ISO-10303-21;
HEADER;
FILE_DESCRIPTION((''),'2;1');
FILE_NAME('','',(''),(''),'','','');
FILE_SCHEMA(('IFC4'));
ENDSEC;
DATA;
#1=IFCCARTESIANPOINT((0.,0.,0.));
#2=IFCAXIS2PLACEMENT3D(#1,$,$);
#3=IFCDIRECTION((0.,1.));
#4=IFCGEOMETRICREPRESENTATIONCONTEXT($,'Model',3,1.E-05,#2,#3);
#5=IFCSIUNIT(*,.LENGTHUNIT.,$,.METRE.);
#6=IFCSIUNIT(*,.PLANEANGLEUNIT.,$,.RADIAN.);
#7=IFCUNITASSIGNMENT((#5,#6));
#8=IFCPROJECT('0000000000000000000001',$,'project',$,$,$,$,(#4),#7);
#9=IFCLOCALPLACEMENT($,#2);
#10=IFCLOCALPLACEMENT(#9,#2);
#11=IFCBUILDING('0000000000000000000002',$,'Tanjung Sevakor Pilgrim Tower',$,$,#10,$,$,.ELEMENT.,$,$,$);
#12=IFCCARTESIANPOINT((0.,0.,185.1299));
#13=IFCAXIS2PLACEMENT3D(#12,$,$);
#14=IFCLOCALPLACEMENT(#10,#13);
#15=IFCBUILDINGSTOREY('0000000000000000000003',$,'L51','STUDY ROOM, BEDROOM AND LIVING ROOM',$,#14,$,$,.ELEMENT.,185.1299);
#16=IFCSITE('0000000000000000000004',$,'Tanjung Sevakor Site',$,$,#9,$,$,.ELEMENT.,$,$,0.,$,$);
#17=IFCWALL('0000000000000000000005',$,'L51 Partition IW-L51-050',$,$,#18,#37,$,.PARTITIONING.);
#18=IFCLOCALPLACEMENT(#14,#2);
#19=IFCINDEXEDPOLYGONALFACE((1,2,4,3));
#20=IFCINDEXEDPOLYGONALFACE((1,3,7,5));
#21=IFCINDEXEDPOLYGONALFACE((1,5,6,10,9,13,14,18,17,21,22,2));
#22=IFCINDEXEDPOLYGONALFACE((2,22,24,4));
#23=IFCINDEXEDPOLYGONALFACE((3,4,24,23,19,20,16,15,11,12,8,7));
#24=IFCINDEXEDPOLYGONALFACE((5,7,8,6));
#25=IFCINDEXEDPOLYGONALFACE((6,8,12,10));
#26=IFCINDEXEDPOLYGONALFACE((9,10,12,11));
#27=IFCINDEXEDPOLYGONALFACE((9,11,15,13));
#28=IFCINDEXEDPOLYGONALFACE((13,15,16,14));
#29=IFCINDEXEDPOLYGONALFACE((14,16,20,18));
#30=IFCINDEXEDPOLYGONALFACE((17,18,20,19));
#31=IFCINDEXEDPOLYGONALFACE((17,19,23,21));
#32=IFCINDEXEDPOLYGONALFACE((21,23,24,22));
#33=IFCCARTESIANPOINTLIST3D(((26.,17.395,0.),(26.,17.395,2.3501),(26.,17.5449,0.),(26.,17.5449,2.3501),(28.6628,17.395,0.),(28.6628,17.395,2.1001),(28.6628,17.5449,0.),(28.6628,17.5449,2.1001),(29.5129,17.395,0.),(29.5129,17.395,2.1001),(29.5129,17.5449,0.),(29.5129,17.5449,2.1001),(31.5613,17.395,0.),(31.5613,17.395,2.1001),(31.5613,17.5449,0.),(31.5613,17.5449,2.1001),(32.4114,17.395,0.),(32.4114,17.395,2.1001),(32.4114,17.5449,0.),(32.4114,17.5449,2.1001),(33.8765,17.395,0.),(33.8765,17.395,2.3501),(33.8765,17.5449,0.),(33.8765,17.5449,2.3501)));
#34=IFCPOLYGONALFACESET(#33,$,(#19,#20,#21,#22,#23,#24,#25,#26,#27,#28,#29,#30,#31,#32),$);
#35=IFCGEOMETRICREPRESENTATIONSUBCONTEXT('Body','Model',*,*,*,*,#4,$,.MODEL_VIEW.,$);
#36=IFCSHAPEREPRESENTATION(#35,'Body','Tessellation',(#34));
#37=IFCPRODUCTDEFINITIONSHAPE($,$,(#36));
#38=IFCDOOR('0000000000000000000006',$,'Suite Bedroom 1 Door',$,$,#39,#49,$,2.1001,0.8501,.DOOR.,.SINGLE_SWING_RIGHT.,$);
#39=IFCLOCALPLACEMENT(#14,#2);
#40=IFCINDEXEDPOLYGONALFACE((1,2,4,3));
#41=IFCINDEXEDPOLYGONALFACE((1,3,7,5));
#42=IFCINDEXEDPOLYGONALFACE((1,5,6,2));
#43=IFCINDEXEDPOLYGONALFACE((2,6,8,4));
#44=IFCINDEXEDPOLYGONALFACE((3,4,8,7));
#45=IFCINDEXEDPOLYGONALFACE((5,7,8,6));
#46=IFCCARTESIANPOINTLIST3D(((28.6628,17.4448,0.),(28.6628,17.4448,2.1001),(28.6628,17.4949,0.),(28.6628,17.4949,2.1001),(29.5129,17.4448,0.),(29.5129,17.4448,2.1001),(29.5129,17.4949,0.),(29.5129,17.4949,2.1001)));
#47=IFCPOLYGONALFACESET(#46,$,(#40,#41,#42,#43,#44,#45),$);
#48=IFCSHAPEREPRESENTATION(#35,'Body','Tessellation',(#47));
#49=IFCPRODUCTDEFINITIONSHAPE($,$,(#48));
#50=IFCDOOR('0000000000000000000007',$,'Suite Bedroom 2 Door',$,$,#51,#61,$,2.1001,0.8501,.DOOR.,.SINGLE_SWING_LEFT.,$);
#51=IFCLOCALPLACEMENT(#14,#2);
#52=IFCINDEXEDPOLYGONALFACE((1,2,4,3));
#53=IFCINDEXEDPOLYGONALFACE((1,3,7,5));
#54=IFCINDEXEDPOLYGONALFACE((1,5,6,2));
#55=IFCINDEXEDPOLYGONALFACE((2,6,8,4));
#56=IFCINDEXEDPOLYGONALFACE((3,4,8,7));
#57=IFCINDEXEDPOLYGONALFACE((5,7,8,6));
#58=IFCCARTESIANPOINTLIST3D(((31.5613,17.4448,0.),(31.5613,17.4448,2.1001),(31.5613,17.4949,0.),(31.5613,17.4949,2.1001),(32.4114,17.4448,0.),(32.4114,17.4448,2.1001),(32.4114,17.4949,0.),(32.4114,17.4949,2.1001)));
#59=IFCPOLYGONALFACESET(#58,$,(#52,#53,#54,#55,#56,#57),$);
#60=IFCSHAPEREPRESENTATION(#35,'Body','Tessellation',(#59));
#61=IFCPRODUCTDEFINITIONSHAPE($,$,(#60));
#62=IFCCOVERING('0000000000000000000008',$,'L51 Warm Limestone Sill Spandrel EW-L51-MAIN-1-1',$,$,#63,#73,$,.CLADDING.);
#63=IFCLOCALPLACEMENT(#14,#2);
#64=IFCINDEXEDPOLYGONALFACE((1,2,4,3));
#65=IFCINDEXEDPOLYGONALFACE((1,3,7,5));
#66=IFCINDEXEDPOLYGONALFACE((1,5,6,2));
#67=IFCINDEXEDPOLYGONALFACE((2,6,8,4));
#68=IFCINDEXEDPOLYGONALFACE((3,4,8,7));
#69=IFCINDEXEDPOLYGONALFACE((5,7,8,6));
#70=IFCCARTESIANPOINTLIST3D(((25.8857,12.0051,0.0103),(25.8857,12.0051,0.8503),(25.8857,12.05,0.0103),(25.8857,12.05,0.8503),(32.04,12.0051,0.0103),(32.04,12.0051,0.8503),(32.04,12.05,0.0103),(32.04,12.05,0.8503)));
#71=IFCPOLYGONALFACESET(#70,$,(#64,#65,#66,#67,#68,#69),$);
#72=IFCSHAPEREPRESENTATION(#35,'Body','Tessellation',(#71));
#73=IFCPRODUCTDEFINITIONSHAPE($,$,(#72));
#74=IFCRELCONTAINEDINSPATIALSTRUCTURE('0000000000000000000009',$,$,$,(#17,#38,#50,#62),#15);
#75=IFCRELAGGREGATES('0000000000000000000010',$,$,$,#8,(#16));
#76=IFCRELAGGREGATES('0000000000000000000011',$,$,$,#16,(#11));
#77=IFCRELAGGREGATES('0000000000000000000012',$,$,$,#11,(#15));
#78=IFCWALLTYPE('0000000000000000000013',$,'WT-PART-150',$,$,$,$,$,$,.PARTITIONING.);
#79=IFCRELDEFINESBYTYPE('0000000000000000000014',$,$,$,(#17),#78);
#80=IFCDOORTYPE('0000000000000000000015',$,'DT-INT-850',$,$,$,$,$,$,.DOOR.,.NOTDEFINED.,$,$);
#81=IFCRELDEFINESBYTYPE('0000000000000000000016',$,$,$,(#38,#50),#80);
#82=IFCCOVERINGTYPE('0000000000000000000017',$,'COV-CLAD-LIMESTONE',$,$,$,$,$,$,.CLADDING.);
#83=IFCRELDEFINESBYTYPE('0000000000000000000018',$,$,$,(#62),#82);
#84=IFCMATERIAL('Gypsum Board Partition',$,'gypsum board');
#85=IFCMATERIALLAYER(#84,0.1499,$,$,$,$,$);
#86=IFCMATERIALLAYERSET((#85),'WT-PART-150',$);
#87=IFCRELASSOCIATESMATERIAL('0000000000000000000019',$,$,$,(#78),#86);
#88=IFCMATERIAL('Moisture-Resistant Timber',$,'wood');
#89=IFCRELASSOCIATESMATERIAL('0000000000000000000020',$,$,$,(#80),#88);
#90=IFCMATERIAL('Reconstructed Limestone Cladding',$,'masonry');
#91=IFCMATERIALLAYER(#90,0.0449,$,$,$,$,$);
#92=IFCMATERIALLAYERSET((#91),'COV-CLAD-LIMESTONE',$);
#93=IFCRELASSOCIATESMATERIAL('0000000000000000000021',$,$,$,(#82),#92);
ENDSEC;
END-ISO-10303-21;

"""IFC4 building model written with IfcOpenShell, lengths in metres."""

from ifc_helpers import new_model, si_unit, direction, frame, frame_2d, origin, origin_2d, place, context, subcontext, project, spatial, rectangle, extrude, material, layer, layer_set, type_object, element, fill, save


model = new_model("IFC4")

# Units and contexts
model_context = context("Model", 3, precision=1e-05, world=origin(), true_north=direction((0.0, 1.0)))
body_context = subcontext(model_context, "Body", "Model", "MODEL_VIEW")
ifc_project = project(units=[si_unit("LENGTHUNIT", "METRE"), si_unit("PLANEANGLEUNIT", "RADIAN")], contexts=[model_context])

# Site, building, storey
site_placement = place(None, origin())
site = spatial("IfcSite", under=ifc_project, at=site_placement, Name="Tanjung Sevakor Site", CompositionType="ELEMENT", RefElevation=0.0)
building_placement = place(site_placement, origin())
building = spatial("IfcBuilding", under=site, at=building_placement, Name="Tanjung Sevakor Pilgrim Tower", CompositionType="ELEMENT")
storey_placement = place(building_placement, frame((0.0, 0.0, 185.1299)))
storey = spatial("IfcBuildingStorey", under=building, at=storey_placement, Name="L51", Description="STUDY ROOM, BEDROOM AND LIVING ROOM", CompositionType="ELEMENT", Elevation=185.1299)

# Shared definitions
ifc_material_1 = material(Name="Gypsum Board Partition", Category="gypsum board")
ifc_layer_1 = layer(ifc_material_1, 0.1499)
ifc_layer_set_1 = layer_set([ifc_layer_1], Name="WT-PART-150")
wall_type_1 = type_object("IfcWallType", Name="WT-PART-150", PredefinedType="PARTITIONING", material=ifc_layer_set_1)

# Wall, openings, doors
ifc_material_2 = material(Name="Moisture-Resistant Timber", Category="wood")
door_type_1 = type_object("IfcDoorType", Name="DT-INT-850", OperationType="NOTDEFINED", PredefinedType="DOOR", material=ifc_material_2)
wall_1_placement = place(storey_placement, frame((26.0, 17.47, 0.0), z_axis=(0.0, 0.0, 1.0), x_axis=(1.0, 0.0, 0.0)))
wall_1 = element("IfcWall", 1, at=wall_1_placement, inside=storey, type_object=wall_type_1, Name="L51 Partition IW-L51-050", PredefinedType="PARTITIONING", context=body_context, shape_type="SweptSolid", body=[
    extrude(rectangle(XDim=7.8765, YDim=0.1499, at=frame_2d((3.9382, 0.0))), origin(), (0.0, 0.0, 1.0), 2.3501),
])
opening_1_placement = place(wall_1_placement, frame((2.6628, 0.0, 0.0)))
opening_1 = element("IfcOpeningElement", 2, at=opening_1_placement, cuts=wall_1, PredefinedType="OPENING", context=body_context, shape_type="SweptSolid", body=[
    extrude(rectangle(XDim=0.8501, YDim=2.1001, at=frame_2d((0.425, 1.05))), frame((0.0, 0.085, 0.0), z_axis=(0.0, -1.0, 0.0), x_axis=(1.0, 0.0, 0.0)), (0.0, 0.0, 1.0), 0.1699),
])
opening_2_placement = place(wall_1_placement, frame((5.5613, 0.0, 0.0)))
opening_2 = element("IfcOpeningElement", 3, at=opening_2_placement, cuts=wall_1, PredefinedType="OPENING", context=body_context, shape_type="SweptSolid", body=[
    extrude(rectangle(XDim=0.8501, YDim=2.1001, at=frame_2d((0.425, 1.05))), frame((0.0, 0.085, 0.0), z_axis=(0.0, -1.0, 0.0), x_axis=(1.0, 0.0, 0.0)), (0.0, 0.0, 1.0), 0.1699),
])
door_1_placement = place(opening_1_placement, origin())
door_1 = element("IfcDoor", 4, at=door_1_placement, inside=storey, type_object=door_type_1, Name="Suite Bedroom 1 Door", OperationType="SINGLE_SWING_RIGHT", OverallHeight=2.1001, OverallWidth=0.8501, PredefinedType="DOOR", context=body_context, shape_type="SweptSolid", body=[
    extrude(rectangle(XDim=0.8501, YDim=2.1001, at=frame_2d((0.425, 1.05))), frame((0.0, 0.0249, 0.0), z_axis=(0.0, -1.0, 0.0), x_axis=(1.0, 0.0, 0.0)), (0.0, 0.0, 1.0), 0.05),
])
fill(opening_1, door_1)
door_2_placement = place(opening_2_placement, origin())
door_2 = element("IfcDoor", 5, at=door_2_placement, inside=storey, type_object=door_type_1, Name="Suite Bedroom 2 Door", OperationType="SINGLE_SWING_LEFT", OverallHeight=2.1001, OverallWidth=0.8501, PredefinedType="DOOR", context=body_context, shape_type="SweptSolid", body=[
    extrude(rectangle(XDim=0.8501, YDim=2.1001, at=frame_2d((0.425, 1.05))), frame((0.0, 0.0249, 0.0), z_axis=(0.0, -1.0, 0.0), x_axis=(1.0, 0.0, 0.0)), (0.0, 0.0, 1.0), 0.05),
])
fill(opening_2, door_2)

# Covering
ifc_material_3 = material(Name="Reconstructed Limestone Cladding", Category="masonry")
ifc_layer_2 = layer(ifc_material_3, 0.0449)
ifc_layer_set_2 = layer_set([ifc_layer_2], Name="COV-CLAD-LIMESTONE")
covering_type = type_object("IfcCoveringType", Name="COV-CLAD-LIMESTONE", PredefinedType="CLADDING", material=ifc_layer_set_2)
covering_placement = place(storey_placement, frame((28.9629, 12.0276, 0.0103), z_axis=(0.0, 0.0, 1.0), x_axis=(1.0, 0.0, 0.0)))
element("IfcCovering", 6, at=covering_placement, inside=storey, type_object=covering_type, Name="L51 Warm Limestone Sill Spandrel EW-L51-MAIN-1-1", PredefinedType="CLADDING", context=body_context, shape_type="SweptSolid", body=[
    extrude(rectangle(XDim=6.1543, YDim=0.0449, at=origin_2d()), origin(), (0.0, 0.0, 1.0), 0.8401),
])

save(model, "model.ifc")
